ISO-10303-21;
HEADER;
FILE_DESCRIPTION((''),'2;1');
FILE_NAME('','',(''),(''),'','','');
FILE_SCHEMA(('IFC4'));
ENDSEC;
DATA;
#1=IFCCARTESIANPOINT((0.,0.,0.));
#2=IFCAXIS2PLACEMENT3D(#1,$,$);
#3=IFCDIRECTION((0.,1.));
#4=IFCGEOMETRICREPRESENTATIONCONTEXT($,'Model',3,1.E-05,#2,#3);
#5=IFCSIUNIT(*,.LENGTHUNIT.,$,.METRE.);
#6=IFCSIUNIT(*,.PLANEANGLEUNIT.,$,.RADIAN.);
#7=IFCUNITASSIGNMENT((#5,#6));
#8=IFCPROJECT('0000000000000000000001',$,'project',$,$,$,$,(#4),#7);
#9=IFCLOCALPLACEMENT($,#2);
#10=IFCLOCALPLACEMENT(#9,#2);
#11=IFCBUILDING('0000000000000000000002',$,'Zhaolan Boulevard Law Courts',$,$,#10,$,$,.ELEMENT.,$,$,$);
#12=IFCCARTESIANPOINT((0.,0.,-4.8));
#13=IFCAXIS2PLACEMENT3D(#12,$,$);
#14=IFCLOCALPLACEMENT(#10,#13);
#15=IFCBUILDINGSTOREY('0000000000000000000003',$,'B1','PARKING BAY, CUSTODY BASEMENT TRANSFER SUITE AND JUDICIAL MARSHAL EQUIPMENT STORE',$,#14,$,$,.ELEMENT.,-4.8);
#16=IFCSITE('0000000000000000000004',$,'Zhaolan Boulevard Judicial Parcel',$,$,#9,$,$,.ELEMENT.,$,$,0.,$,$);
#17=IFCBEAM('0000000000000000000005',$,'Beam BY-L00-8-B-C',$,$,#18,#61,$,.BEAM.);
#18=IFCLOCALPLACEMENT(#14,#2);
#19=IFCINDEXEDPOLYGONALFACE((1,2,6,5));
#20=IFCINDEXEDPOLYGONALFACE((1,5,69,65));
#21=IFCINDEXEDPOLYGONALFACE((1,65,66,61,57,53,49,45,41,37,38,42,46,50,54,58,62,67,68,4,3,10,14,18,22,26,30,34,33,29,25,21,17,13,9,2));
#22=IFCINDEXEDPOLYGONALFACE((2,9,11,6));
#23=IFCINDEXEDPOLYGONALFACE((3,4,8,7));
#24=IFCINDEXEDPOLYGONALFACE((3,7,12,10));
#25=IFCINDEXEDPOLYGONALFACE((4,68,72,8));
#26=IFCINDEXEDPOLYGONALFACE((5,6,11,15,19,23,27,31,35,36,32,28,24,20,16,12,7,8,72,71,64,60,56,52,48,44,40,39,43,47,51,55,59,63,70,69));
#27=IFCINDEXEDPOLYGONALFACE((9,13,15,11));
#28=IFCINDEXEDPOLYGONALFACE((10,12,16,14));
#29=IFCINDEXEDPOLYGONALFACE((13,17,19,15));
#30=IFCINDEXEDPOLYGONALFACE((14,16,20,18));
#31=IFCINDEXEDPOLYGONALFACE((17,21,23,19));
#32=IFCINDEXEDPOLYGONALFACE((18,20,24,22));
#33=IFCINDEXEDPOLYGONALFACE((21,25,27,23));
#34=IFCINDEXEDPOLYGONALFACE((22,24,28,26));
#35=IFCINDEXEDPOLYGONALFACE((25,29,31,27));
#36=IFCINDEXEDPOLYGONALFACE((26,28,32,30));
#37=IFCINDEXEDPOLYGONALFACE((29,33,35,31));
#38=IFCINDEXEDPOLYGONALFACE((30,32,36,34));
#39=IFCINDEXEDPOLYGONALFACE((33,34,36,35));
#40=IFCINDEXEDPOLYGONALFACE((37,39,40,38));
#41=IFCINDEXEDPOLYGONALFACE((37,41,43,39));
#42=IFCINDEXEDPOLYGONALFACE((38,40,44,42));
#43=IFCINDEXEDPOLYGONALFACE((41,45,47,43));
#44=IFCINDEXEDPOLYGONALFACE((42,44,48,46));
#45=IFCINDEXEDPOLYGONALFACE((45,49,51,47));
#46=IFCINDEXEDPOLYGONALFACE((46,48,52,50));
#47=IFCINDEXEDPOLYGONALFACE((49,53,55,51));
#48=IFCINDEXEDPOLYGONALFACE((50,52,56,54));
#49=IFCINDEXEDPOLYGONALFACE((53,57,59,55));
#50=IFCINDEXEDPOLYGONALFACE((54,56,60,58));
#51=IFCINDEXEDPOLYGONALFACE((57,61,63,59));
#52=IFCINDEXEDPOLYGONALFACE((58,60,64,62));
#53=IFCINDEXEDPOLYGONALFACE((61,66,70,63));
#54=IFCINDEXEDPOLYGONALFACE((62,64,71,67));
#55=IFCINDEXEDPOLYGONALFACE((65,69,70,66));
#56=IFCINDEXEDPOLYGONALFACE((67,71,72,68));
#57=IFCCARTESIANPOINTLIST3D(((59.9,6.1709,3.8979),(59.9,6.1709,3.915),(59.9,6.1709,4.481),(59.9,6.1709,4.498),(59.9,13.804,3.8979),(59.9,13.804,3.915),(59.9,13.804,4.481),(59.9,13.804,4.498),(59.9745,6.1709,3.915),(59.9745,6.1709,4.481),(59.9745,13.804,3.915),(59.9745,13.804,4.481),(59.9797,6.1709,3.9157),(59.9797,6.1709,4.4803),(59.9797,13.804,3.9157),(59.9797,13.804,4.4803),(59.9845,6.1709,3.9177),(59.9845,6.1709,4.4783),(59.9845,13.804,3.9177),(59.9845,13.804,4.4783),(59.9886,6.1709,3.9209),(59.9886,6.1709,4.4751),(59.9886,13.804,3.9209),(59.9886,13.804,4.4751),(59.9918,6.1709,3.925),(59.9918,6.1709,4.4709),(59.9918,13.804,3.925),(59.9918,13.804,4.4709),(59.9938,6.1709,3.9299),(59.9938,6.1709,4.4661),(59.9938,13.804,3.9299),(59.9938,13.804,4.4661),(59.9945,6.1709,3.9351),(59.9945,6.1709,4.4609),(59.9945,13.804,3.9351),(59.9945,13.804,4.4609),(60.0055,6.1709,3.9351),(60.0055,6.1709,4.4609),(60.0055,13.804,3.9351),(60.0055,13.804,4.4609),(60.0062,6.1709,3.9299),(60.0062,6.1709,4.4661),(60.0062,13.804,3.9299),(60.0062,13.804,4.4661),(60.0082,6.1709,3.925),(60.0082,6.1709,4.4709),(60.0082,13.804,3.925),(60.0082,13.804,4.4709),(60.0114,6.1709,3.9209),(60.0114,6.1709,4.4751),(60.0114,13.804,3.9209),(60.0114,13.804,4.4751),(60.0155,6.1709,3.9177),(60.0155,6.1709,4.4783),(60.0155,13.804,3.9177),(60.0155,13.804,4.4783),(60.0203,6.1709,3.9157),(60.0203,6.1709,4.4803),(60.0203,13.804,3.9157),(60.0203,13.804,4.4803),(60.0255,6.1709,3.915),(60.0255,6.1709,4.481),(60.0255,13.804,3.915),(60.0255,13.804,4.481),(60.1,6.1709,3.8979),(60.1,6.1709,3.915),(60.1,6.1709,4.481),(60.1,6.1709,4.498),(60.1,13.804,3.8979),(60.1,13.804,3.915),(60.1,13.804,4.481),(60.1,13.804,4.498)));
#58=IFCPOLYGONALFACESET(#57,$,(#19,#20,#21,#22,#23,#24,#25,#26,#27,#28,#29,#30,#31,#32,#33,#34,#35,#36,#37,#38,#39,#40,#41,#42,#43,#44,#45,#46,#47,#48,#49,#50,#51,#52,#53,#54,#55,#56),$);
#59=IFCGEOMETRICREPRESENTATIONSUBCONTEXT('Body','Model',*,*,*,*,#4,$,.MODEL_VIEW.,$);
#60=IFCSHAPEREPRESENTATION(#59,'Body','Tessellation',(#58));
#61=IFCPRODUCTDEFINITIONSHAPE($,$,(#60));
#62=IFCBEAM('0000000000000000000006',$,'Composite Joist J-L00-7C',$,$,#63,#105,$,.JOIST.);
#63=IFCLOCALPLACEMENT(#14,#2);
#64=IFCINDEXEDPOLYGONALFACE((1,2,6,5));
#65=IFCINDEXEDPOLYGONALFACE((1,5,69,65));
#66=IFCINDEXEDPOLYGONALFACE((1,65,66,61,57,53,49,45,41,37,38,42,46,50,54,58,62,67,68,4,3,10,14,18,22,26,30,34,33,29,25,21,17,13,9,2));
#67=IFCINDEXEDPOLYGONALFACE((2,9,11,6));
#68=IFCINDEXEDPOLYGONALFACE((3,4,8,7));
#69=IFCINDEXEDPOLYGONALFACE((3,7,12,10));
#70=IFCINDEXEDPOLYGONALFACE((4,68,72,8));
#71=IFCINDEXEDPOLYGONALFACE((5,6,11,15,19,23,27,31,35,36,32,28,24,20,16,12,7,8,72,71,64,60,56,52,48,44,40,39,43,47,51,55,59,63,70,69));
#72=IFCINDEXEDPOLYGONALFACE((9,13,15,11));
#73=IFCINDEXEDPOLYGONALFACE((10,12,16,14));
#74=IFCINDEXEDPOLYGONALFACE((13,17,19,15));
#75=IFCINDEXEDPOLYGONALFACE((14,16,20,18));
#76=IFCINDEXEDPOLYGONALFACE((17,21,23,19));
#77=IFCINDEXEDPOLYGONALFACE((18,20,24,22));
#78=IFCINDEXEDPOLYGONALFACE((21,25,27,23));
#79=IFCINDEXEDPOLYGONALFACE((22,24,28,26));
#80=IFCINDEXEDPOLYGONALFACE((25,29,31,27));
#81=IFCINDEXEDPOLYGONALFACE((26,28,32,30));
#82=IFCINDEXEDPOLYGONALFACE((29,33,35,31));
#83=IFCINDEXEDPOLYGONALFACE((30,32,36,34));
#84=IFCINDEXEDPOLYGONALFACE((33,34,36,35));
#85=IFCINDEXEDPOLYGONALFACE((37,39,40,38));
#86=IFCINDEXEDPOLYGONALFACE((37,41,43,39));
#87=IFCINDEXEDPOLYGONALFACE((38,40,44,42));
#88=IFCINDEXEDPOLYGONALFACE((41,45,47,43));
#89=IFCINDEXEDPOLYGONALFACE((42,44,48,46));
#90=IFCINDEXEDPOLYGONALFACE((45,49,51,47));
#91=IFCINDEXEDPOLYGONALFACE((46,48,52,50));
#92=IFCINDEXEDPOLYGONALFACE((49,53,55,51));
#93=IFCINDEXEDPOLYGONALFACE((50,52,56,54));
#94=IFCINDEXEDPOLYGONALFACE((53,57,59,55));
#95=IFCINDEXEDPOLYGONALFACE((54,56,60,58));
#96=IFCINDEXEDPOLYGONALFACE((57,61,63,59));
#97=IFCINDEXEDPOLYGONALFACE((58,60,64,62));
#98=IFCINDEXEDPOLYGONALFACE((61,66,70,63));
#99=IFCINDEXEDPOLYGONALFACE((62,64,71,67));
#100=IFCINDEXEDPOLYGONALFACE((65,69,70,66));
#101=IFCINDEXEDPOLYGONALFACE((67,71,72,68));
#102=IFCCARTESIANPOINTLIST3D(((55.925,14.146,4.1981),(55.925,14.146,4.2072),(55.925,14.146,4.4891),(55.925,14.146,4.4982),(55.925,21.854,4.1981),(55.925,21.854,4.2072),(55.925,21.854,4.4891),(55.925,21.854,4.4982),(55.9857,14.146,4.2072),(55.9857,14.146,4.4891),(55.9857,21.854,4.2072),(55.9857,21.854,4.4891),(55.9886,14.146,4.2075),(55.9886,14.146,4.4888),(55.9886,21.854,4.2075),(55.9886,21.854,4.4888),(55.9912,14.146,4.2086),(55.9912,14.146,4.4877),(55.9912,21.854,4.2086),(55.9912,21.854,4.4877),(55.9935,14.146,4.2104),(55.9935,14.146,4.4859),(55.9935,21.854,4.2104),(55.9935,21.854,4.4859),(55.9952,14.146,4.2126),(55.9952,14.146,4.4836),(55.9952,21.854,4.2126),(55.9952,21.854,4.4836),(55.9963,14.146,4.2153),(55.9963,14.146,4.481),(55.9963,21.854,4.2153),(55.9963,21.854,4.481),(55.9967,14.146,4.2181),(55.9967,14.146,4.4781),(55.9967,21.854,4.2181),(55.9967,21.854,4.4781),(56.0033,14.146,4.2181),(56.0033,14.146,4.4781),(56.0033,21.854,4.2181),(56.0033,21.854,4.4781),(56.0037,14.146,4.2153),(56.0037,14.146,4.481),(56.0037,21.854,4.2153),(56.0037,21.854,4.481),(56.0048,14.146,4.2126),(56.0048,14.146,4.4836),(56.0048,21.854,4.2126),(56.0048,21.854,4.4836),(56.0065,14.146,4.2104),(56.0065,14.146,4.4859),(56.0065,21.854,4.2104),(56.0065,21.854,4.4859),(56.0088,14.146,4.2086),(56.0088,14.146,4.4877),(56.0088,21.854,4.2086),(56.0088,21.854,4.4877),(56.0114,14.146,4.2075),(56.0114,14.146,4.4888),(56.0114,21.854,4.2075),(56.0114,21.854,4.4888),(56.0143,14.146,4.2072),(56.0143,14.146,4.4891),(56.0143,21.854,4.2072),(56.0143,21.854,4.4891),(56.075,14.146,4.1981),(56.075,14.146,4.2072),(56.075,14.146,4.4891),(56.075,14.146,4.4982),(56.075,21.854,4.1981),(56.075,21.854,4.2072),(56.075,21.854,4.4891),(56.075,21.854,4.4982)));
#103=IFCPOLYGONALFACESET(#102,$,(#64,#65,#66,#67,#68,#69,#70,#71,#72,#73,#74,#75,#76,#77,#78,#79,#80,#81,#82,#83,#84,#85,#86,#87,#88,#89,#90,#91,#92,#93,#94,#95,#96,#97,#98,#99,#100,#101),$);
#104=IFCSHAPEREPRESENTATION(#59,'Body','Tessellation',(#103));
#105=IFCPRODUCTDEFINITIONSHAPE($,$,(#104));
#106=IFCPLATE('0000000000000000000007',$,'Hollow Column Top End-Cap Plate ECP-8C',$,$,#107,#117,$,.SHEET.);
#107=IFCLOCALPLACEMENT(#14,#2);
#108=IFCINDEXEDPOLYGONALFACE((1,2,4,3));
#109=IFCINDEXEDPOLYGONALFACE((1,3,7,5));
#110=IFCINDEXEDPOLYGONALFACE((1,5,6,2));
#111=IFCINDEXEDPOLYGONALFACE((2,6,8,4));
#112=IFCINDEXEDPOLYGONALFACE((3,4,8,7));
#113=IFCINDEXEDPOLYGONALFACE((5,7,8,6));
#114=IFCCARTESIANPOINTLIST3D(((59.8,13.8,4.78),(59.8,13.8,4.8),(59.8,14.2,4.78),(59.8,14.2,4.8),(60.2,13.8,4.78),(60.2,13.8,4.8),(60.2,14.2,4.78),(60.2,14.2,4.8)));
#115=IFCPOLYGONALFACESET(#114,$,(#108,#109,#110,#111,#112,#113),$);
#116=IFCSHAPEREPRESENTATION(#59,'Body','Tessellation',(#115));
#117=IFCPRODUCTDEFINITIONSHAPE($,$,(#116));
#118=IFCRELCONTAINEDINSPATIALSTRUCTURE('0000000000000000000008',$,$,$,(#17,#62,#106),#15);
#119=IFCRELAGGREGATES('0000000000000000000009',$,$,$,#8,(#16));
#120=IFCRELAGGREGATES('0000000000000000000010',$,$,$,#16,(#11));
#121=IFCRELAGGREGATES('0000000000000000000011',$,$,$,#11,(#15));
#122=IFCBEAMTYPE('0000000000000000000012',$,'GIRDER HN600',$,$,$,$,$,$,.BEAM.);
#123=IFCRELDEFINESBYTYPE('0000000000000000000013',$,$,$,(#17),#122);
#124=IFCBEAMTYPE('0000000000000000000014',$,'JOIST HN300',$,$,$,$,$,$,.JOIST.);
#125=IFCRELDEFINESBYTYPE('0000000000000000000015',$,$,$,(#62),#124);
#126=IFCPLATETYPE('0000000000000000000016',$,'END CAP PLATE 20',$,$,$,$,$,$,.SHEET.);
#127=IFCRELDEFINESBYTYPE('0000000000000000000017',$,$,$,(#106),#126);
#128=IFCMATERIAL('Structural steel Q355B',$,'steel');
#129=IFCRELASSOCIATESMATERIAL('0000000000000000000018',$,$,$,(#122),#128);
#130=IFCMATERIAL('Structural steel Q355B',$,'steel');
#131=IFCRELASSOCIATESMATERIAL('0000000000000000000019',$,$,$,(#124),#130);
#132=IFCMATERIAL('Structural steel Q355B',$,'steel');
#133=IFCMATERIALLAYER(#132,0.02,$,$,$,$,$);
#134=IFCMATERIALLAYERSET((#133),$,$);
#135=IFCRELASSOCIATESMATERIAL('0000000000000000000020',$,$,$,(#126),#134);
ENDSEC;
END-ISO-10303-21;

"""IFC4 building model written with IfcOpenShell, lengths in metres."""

from ifc_helpers import new_model, si_unit, direction, frame, origin, origin_2d, place, context, subcontext, project, spatial, rectangle, i_section, extrude, material, layer, layer_set, material_profile, profile_set, type_object, element, save


model = new_model("IFC4")

# Units and contexts
model_context = context("Model", 3, precision=1e-05, world=origin(), true_north=direction((0.0, 1.0)))
body_context = subcontext(model_context, "Body", "Model", "MODEL_VIEW")
ifc_project = project(units=[si_unit("LENGTHUNIT", "METRE"), si_unit("PLANEANGLEUNIT", "RADIAN")], contexts=[model_context])

# Site, building, storey
site_placement = place(None, origin())
site = spatial("IfcSite", under=ifc_project, at=site_placement, Name="Zhaolan Boulevard Judicial Parcel", CompositionType="ELEMENT", RefElevation=0.0)
building_placement = place(site_placement, origin())
building = spatial("IfcBuilding", under=site, at=building_placement, Name="Zhaolan Boulevard Law Courts", CompositionType="ELEMENT")
storey_placement = place(building_placement, frame((0.0, 0.0, -4.8)))
storey = spatial("IfcBuildingStorey", under=building, at=storey_placement, Name="B1", Description="PARKING BAY, CUSTODY BASEMENT TRANSFER SUITE AND JUDICIAL MARSHAL EQUIPMENT STORE", CompositionType="ELEMENT", Elevation=-4.8)

# Beams
ifc_material_1 = material(Name="Structural steel Q355B", Category="steel")
ifc_material_profile_1 = material_profile(ifc_material_1, i_section(OverallWidth=0.2, OverallDepth=0.6001, WebThickness=0.011, FlangeThickness=0.0171, FilletRadius=0.02, at=origin_2d()), Name="HN600x200")
ifc_profile_set_1 = profile_set([ifc_material_profile_1], Name="Structural steel Q355B")
beam_type_1 = type_object("IfcBeamType", Name="GIRDER HN600", PredefinedType="BEAM", material=ifc_profile_set_1)
beam_1_placement = place(storey_placement, frame((60.0, 6.1709, 4.198), z_axis=(0.0, 1.0, 0.0), x_axis=(-1.0, 0.0, 0.0)))
element("IfcBeam", 1, at=beam_1_placement, inside=storey, type_object=beam_type_1, Name="Beam BY-L00-8-B-C", PredefinedType="BEAM", context=body_context, shape_type="SweptSolid", body=[
    extrude(i_section(OverallWidth=0.2, OverallDepth=0.6001, WebThickness=0.011, FlangeThickness=0.0171, FilletRadius=0.02, at=origin_2d()), origin(), (0.0, 0.0, 1.0), 7.6331),
])
ifc_material_2 = material(Name="Structural steel Q355B", Category="steel")
ifc_material_profile_2 = material_profile(ifc_material_2, i_section(OverallWidth=0.1499, OverallDepth=0.3, WebThickness=0.0066, FlangeThickness=0.009, FilletRadius=0.011, at=origin_2d()), Name="HN300x150")
ifc_profile_set_2 = profile_set([ifc_material_profile_2], Name="Structural steel Q355B")
beam_type_2 = type_object("IfcBeamType", Name="JOIST HN300", PredefinedType="JOIST", material=ifc_profile_set_2)
beam_2_placement = place(storey_placement, frame((56.0, 14.146, 4.3481), z_axis=(0.0, 1.0, 0.0), x_axis=(-1.0, 0.0, 0.0)))
element("IfcBeam", 2, at=beam_2_placement, inside=storey, type_object=beam_type_2, Name="Composite Joist J-L00-7C", PredefinedType="JOIST", context=body_context, shape_type="SweptSolid", body=[
    extrude(i_section(OverallWidth=0.1499, OverallDepth=0.3, WebThickness=0.0066, FlangeThickness=0.009, FilletRadius=0.011, at=origin_2d()), origin(), (0.0, 0.0, 1.0), 7.708),
])

# Plate
ifc_material_3 = material(Name="Structural steel Q355B", Category="steel")
ifc_layer = layer(ifc_material_3, 0.02)
ifc_layer_set = layer_set([ifc_layer])
plate_type = type_object("IfcPlateType", Name="END CAP PLATE 20", PredefinedType="SHEET", material=ifc_layer_set)
plate_placement = place(storey_placement, frame((60.0, 14.0, 4.78), z_axis=(0.0, 0.0, 1.0), x_axis=(1.0, 0.0, 0.0)))
element("IfcPlate", 3, at=plate_placement, inside=storey, type_object=plate_type, Name="Hollow Column Top End-Cap Plate ECP-8C", PredefinedType="SHEET", context=body_context, shape_type="SweptSolid", body=[
    extrude(rectangle(XDim=0.3999, YDim=0.3999, at=origin_2d()), origin(), (0.0, 0.0, 1.0), 0.02),
])

save(model, "model.ifc")
